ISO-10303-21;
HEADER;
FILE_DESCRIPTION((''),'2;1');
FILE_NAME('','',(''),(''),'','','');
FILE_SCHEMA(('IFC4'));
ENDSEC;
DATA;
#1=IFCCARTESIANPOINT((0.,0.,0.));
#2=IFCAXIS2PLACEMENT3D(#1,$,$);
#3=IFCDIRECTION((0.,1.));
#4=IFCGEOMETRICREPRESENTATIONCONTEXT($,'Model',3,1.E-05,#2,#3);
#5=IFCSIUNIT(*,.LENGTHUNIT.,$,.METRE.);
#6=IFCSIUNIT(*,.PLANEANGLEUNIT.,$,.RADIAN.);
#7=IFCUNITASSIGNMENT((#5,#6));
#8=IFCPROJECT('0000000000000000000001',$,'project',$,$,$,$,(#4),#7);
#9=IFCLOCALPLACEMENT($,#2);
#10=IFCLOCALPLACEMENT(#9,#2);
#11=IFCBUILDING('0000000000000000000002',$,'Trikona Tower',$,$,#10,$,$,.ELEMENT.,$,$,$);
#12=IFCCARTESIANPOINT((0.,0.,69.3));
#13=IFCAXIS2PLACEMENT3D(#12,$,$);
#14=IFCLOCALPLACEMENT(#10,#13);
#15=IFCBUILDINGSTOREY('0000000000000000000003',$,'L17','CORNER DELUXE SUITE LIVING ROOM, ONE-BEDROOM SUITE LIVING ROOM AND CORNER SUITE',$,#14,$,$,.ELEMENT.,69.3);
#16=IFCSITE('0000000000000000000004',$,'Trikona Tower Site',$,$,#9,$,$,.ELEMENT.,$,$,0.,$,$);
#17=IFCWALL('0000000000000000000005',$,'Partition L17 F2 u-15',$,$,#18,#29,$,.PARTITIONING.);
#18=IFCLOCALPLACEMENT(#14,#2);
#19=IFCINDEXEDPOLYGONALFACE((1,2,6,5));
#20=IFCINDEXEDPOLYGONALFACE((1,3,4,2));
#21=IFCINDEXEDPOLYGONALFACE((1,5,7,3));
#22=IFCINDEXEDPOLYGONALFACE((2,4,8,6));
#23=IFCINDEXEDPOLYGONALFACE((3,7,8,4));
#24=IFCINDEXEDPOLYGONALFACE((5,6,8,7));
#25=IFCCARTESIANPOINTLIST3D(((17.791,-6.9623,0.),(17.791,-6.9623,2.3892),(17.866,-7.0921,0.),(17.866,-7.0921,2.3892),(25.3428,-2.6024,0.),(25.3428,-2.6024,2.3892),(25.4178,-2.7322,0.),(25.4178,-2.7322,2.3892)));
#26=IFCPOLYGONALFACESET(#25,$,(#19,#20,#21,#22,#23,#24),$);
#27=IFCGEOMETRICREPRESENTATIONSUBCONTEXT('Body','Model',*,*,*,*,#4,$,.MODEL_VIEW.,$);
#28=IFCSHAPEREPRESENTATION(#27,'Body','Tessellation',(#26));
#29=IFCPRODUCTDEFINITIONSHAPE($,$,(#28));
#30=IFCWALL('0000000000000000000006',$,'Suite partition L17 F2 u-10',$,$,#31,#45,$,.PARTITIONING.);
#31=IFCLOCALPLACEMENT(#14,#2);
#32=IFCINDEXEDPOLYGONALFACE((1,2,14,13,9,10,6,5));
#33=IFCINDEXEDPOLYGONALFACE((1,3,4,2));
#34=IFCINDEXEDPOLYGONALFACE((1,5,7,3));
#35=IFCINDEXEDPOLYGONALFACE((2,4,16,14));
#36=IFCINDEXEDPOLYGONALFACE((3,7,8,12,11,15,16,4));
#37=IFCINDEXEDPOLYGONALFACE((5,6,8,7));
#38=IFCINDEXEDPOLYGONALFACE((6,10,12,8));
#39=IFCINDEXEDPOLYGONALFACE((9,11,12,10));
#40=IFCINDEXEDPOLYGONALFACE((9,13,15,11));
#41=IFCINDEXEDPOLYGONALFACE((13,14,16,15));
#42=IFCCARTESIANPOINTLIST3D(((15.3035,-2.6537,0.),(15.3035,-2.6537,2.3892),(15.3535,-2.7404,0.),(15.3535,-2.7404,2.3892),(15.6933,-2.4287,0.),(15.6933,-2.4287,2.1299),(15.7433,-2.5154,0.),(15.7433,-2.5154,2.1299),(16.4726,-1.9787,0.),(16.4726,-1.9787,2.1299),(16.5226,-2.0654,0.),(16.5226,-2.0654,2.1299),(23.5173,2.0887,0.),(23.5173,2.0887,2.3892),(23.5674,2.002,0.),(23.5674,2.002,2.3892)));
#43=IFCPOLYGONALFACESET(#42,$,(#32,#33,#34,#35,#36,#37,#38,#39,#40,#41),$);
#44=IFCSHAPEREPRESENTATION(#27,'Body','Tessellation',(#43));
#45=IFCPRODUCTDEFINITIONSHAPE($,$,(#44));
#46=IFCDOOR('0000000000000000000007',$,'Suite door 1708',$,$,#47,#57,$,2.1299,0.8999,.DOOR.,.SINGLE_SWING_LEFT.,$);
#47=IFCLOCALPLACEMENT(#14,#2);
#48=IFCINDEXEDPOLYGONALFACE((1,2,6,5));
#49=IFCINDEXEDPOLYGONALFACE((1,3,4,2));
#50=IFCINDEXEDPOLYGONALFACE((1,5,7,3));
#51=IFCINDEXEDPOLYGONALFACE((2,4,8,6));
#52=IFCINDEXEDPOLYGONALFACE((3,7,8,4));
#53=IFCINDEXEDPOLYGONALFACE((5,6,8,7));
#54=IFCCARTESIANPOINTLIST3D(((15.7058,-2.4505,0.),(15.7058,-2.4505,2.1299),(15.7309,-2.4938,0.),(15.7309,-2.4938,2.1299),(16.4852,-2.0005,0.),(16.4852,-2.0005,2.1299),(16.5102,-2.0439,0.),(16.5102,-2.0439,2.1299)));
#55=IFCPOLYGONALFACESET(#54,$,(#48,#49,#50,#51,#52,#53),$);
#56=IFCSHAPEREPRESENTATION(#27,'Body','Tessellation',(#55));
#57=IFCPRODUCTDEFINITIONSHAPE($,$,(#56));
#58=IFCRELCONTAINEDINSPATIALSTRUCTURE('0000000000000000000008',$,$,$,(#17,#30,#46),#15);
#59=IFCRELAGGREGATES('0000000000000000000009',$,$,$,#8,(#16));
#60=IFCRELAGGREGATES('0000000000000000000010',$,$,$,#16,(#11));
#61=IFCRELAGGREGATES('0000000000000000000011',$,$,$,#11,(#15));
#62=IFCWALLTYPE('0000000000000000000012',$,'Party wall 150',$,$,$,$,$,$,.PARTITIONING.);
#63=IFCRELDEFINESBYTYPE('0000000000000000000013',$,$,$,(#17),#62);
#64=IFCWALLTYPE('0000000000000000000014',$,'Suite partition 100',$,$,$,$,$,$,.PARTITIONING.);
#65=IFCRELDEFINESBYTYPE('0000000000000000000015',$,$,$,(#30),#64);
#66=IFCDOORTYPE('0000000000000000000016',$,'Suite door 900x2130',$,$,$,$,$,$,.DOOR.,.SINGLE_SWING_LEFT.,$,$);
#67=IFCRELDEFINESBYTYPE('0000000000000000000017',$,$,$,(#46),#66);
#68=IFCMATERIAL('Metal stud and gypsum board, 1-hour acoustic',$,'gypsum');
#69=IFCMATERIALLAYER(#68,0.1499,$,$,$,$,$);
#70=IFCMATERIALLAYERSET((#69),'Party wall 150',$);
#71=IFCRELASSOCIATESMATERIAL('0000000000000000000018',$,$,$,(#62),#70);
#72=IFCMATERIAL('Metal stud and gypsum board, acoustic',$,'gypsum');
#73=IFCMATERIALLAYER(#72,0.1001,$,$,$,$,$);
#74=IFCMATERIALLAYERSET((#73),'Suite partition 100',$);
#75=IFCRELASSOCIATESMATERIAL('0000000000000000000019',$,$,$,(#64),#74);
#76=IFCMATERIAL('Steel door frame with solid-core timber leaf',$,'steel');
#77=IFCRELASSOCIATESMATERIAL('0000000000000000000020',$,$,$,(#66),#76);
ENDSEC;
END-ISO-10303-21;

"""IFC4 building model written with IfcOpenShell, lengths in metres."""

from ifc_helpers import new_model, si_unit, direction, frame, frame_2d, origin, place, context, subcontext, project, spatial, rectangle, extrude, material, layer, layer_set, type_object, element, fill, save


model = new_model("IFC4")

# Units and contexts
model_context = context("Model", 3, precision=1e-05, world=origin(), true_north=direction((0.0, 1.0)))
body_context = subcontext(model_context, "Body", "Model", "MODEL_VIEW")
ifc_project = project(units=[si_unit("LENGTHUNIT", "METRE"), si_unit("PLANEANGLEUNIT", "RADIAN")], contexts=[model_context])

# Site, building, storey
site_placement = place(None, origin())
site = spatial("IfcSite", under=ifc_project, at=site_placement, Name="Trikona Tower Site", CompositionType="ELEMENT", RefElevation=0.0)
building_placement = place(site_placement, origin())
building = spatial("IfcBuilding", under=site, at=building_placement, Name="Trikona Tower", CompositionType="ELEMENT")
storey_placement = place(building_placement, frame((0.0, 0.0, 69.3)))
storey = spatial("IfcBuildingStorey", under=building, at=storey_placement, Name="L17", Description="CORNER DELUXE SUITE LIVING ROOM, ONE-BEDROOM SUITE LIVING ROOM AND CORNER SUITE", CompositionType="ELEMENT", Elevation=69.3)

# Wall
ifc_material_1 = material(Name="Metal stud and gypsum board, 1-hour acoustic", Category="gypsum")
ifc_layer_1 = layer(ifc_material_1, 0.1499)
ifc_layer_set_1 = layer_set([ifc_layer_1], Name="Party wall 150")
wall_type_1 = type_object("IfcWallType", Name="Party wall 150", PredefinedType="PARTITIONING", material=ifc_layer_set_1)
wall_1_placement = place(storey_placement, frame((17.8286, -7.0271, 0.0), z_axis=(0.0, 0.0, 1.0), x_axis=(0.866033, 0.499987, 0.0)))
element("IfcWall", 1, at=wall_1_placement, inside=storey, type_object=wall_type_1, Name="Partition L17 F2 u-15", PredefinedType="PARTITIONING", context=body_context, shape_type="SweptSolid", body=[
    extrude(rectangle(XDim=8.72, YDim=0.1499, at=frame_2d((4.3599, 0.0))), origin(), (0.0, 0.0, 1.0), 2.3892),
])

# Wall, opening, door
ifc_material_2 = material(Name="Metal stud and gypsum board, acoustic", Category="gypsum")
ifc_layer_2 = layer(ifc_material_2, 0.1001)
ifc_layer_set_2 = layer_set([ifc_layer_2], Name="Suite partition 100")
wall_type_2 = type_object("IfcWallType", Name="Suite partition 100", PredefinedType="PARTITIONING", material=ifc_layer_set_2)
wall_2_placement = place(storey_placement, frame((15.3286, -2.697, 0.0), z_axis=(0.0, 0.0, 1.0), x_axis=(0.866018, 0.500012, 0.0)))
wall_2 = element("IfcWall", 2, at=wall_2_placement, inside=storey, type_object=wall_type_2, Name="Suite partition L17 F2 u-10", PredefinedType="PARTITIONING", context=body_context, shape_type="SweptSolid", body=[
    extrude(rectangle(XDim=9.4846, YDim=0.1001, at=frame_2d((4.7422, 0.0))), origin(), (0.0, 0.0, 1.0), 2.3892),
])
opening_1_placement = place(wall_2_placement, frame((0.45, 0.0, 0.0)))
opening_1 = element("IfcOpeningElement", 3, at=opening_1_placement, cuts=wall_2, PredefinedType="OPENING", context=body_context, shape_type="SweptSolid", body=[
    extrude(rectangle(XDim=0.8999, YDim=2.1299, at=frame_2d((0.45, 1.0649))), frame((0.0, 0.0601, 0.0), z_axis=(0.0, -1.0, 0.0), x_axis=(1.0, 0.0, 0.0)), (0.0, 0.0, 1.0), 0.1201),
])
ifc_material_3 = material(Name="Steel door frame with solid-core timber leaf", Category="steel")
door_type_1 = type_object("IfcDoorType", Name="Suite door 900x2130", OperationType="SINGLE_SWING_LEFT", PredefinedType="DOOR", material=ifc_material_3)
door_1_placement = place(opening_1_placement, origin())
door_1 = element("IfcDoor", 4, at=door_1_placement, inside=storey, type_object=door_type_1, Name="Suite door 1708", OperationType="SINGLE_SWING_LEFT", OverallHeight=2.1299, OverallWidth=0.8999, PredefinedType="DOOR", context=body_context, shape_type="SweptSolid", body=[
    extrude(rectangle(XDim=0.8999, YDim=2.1299, at=frame_2d((0.45, 1.0649))), frame((0.0, 0.0249, 0.0), z_axis=(0.0, -1.0, 0.0), x_axis=(1.0, 0.0, 0.0)), (0.0, 0.0, 1.0), 0.05),
])
fill(opening_1, door_1)

save(model, "model.ifc")
